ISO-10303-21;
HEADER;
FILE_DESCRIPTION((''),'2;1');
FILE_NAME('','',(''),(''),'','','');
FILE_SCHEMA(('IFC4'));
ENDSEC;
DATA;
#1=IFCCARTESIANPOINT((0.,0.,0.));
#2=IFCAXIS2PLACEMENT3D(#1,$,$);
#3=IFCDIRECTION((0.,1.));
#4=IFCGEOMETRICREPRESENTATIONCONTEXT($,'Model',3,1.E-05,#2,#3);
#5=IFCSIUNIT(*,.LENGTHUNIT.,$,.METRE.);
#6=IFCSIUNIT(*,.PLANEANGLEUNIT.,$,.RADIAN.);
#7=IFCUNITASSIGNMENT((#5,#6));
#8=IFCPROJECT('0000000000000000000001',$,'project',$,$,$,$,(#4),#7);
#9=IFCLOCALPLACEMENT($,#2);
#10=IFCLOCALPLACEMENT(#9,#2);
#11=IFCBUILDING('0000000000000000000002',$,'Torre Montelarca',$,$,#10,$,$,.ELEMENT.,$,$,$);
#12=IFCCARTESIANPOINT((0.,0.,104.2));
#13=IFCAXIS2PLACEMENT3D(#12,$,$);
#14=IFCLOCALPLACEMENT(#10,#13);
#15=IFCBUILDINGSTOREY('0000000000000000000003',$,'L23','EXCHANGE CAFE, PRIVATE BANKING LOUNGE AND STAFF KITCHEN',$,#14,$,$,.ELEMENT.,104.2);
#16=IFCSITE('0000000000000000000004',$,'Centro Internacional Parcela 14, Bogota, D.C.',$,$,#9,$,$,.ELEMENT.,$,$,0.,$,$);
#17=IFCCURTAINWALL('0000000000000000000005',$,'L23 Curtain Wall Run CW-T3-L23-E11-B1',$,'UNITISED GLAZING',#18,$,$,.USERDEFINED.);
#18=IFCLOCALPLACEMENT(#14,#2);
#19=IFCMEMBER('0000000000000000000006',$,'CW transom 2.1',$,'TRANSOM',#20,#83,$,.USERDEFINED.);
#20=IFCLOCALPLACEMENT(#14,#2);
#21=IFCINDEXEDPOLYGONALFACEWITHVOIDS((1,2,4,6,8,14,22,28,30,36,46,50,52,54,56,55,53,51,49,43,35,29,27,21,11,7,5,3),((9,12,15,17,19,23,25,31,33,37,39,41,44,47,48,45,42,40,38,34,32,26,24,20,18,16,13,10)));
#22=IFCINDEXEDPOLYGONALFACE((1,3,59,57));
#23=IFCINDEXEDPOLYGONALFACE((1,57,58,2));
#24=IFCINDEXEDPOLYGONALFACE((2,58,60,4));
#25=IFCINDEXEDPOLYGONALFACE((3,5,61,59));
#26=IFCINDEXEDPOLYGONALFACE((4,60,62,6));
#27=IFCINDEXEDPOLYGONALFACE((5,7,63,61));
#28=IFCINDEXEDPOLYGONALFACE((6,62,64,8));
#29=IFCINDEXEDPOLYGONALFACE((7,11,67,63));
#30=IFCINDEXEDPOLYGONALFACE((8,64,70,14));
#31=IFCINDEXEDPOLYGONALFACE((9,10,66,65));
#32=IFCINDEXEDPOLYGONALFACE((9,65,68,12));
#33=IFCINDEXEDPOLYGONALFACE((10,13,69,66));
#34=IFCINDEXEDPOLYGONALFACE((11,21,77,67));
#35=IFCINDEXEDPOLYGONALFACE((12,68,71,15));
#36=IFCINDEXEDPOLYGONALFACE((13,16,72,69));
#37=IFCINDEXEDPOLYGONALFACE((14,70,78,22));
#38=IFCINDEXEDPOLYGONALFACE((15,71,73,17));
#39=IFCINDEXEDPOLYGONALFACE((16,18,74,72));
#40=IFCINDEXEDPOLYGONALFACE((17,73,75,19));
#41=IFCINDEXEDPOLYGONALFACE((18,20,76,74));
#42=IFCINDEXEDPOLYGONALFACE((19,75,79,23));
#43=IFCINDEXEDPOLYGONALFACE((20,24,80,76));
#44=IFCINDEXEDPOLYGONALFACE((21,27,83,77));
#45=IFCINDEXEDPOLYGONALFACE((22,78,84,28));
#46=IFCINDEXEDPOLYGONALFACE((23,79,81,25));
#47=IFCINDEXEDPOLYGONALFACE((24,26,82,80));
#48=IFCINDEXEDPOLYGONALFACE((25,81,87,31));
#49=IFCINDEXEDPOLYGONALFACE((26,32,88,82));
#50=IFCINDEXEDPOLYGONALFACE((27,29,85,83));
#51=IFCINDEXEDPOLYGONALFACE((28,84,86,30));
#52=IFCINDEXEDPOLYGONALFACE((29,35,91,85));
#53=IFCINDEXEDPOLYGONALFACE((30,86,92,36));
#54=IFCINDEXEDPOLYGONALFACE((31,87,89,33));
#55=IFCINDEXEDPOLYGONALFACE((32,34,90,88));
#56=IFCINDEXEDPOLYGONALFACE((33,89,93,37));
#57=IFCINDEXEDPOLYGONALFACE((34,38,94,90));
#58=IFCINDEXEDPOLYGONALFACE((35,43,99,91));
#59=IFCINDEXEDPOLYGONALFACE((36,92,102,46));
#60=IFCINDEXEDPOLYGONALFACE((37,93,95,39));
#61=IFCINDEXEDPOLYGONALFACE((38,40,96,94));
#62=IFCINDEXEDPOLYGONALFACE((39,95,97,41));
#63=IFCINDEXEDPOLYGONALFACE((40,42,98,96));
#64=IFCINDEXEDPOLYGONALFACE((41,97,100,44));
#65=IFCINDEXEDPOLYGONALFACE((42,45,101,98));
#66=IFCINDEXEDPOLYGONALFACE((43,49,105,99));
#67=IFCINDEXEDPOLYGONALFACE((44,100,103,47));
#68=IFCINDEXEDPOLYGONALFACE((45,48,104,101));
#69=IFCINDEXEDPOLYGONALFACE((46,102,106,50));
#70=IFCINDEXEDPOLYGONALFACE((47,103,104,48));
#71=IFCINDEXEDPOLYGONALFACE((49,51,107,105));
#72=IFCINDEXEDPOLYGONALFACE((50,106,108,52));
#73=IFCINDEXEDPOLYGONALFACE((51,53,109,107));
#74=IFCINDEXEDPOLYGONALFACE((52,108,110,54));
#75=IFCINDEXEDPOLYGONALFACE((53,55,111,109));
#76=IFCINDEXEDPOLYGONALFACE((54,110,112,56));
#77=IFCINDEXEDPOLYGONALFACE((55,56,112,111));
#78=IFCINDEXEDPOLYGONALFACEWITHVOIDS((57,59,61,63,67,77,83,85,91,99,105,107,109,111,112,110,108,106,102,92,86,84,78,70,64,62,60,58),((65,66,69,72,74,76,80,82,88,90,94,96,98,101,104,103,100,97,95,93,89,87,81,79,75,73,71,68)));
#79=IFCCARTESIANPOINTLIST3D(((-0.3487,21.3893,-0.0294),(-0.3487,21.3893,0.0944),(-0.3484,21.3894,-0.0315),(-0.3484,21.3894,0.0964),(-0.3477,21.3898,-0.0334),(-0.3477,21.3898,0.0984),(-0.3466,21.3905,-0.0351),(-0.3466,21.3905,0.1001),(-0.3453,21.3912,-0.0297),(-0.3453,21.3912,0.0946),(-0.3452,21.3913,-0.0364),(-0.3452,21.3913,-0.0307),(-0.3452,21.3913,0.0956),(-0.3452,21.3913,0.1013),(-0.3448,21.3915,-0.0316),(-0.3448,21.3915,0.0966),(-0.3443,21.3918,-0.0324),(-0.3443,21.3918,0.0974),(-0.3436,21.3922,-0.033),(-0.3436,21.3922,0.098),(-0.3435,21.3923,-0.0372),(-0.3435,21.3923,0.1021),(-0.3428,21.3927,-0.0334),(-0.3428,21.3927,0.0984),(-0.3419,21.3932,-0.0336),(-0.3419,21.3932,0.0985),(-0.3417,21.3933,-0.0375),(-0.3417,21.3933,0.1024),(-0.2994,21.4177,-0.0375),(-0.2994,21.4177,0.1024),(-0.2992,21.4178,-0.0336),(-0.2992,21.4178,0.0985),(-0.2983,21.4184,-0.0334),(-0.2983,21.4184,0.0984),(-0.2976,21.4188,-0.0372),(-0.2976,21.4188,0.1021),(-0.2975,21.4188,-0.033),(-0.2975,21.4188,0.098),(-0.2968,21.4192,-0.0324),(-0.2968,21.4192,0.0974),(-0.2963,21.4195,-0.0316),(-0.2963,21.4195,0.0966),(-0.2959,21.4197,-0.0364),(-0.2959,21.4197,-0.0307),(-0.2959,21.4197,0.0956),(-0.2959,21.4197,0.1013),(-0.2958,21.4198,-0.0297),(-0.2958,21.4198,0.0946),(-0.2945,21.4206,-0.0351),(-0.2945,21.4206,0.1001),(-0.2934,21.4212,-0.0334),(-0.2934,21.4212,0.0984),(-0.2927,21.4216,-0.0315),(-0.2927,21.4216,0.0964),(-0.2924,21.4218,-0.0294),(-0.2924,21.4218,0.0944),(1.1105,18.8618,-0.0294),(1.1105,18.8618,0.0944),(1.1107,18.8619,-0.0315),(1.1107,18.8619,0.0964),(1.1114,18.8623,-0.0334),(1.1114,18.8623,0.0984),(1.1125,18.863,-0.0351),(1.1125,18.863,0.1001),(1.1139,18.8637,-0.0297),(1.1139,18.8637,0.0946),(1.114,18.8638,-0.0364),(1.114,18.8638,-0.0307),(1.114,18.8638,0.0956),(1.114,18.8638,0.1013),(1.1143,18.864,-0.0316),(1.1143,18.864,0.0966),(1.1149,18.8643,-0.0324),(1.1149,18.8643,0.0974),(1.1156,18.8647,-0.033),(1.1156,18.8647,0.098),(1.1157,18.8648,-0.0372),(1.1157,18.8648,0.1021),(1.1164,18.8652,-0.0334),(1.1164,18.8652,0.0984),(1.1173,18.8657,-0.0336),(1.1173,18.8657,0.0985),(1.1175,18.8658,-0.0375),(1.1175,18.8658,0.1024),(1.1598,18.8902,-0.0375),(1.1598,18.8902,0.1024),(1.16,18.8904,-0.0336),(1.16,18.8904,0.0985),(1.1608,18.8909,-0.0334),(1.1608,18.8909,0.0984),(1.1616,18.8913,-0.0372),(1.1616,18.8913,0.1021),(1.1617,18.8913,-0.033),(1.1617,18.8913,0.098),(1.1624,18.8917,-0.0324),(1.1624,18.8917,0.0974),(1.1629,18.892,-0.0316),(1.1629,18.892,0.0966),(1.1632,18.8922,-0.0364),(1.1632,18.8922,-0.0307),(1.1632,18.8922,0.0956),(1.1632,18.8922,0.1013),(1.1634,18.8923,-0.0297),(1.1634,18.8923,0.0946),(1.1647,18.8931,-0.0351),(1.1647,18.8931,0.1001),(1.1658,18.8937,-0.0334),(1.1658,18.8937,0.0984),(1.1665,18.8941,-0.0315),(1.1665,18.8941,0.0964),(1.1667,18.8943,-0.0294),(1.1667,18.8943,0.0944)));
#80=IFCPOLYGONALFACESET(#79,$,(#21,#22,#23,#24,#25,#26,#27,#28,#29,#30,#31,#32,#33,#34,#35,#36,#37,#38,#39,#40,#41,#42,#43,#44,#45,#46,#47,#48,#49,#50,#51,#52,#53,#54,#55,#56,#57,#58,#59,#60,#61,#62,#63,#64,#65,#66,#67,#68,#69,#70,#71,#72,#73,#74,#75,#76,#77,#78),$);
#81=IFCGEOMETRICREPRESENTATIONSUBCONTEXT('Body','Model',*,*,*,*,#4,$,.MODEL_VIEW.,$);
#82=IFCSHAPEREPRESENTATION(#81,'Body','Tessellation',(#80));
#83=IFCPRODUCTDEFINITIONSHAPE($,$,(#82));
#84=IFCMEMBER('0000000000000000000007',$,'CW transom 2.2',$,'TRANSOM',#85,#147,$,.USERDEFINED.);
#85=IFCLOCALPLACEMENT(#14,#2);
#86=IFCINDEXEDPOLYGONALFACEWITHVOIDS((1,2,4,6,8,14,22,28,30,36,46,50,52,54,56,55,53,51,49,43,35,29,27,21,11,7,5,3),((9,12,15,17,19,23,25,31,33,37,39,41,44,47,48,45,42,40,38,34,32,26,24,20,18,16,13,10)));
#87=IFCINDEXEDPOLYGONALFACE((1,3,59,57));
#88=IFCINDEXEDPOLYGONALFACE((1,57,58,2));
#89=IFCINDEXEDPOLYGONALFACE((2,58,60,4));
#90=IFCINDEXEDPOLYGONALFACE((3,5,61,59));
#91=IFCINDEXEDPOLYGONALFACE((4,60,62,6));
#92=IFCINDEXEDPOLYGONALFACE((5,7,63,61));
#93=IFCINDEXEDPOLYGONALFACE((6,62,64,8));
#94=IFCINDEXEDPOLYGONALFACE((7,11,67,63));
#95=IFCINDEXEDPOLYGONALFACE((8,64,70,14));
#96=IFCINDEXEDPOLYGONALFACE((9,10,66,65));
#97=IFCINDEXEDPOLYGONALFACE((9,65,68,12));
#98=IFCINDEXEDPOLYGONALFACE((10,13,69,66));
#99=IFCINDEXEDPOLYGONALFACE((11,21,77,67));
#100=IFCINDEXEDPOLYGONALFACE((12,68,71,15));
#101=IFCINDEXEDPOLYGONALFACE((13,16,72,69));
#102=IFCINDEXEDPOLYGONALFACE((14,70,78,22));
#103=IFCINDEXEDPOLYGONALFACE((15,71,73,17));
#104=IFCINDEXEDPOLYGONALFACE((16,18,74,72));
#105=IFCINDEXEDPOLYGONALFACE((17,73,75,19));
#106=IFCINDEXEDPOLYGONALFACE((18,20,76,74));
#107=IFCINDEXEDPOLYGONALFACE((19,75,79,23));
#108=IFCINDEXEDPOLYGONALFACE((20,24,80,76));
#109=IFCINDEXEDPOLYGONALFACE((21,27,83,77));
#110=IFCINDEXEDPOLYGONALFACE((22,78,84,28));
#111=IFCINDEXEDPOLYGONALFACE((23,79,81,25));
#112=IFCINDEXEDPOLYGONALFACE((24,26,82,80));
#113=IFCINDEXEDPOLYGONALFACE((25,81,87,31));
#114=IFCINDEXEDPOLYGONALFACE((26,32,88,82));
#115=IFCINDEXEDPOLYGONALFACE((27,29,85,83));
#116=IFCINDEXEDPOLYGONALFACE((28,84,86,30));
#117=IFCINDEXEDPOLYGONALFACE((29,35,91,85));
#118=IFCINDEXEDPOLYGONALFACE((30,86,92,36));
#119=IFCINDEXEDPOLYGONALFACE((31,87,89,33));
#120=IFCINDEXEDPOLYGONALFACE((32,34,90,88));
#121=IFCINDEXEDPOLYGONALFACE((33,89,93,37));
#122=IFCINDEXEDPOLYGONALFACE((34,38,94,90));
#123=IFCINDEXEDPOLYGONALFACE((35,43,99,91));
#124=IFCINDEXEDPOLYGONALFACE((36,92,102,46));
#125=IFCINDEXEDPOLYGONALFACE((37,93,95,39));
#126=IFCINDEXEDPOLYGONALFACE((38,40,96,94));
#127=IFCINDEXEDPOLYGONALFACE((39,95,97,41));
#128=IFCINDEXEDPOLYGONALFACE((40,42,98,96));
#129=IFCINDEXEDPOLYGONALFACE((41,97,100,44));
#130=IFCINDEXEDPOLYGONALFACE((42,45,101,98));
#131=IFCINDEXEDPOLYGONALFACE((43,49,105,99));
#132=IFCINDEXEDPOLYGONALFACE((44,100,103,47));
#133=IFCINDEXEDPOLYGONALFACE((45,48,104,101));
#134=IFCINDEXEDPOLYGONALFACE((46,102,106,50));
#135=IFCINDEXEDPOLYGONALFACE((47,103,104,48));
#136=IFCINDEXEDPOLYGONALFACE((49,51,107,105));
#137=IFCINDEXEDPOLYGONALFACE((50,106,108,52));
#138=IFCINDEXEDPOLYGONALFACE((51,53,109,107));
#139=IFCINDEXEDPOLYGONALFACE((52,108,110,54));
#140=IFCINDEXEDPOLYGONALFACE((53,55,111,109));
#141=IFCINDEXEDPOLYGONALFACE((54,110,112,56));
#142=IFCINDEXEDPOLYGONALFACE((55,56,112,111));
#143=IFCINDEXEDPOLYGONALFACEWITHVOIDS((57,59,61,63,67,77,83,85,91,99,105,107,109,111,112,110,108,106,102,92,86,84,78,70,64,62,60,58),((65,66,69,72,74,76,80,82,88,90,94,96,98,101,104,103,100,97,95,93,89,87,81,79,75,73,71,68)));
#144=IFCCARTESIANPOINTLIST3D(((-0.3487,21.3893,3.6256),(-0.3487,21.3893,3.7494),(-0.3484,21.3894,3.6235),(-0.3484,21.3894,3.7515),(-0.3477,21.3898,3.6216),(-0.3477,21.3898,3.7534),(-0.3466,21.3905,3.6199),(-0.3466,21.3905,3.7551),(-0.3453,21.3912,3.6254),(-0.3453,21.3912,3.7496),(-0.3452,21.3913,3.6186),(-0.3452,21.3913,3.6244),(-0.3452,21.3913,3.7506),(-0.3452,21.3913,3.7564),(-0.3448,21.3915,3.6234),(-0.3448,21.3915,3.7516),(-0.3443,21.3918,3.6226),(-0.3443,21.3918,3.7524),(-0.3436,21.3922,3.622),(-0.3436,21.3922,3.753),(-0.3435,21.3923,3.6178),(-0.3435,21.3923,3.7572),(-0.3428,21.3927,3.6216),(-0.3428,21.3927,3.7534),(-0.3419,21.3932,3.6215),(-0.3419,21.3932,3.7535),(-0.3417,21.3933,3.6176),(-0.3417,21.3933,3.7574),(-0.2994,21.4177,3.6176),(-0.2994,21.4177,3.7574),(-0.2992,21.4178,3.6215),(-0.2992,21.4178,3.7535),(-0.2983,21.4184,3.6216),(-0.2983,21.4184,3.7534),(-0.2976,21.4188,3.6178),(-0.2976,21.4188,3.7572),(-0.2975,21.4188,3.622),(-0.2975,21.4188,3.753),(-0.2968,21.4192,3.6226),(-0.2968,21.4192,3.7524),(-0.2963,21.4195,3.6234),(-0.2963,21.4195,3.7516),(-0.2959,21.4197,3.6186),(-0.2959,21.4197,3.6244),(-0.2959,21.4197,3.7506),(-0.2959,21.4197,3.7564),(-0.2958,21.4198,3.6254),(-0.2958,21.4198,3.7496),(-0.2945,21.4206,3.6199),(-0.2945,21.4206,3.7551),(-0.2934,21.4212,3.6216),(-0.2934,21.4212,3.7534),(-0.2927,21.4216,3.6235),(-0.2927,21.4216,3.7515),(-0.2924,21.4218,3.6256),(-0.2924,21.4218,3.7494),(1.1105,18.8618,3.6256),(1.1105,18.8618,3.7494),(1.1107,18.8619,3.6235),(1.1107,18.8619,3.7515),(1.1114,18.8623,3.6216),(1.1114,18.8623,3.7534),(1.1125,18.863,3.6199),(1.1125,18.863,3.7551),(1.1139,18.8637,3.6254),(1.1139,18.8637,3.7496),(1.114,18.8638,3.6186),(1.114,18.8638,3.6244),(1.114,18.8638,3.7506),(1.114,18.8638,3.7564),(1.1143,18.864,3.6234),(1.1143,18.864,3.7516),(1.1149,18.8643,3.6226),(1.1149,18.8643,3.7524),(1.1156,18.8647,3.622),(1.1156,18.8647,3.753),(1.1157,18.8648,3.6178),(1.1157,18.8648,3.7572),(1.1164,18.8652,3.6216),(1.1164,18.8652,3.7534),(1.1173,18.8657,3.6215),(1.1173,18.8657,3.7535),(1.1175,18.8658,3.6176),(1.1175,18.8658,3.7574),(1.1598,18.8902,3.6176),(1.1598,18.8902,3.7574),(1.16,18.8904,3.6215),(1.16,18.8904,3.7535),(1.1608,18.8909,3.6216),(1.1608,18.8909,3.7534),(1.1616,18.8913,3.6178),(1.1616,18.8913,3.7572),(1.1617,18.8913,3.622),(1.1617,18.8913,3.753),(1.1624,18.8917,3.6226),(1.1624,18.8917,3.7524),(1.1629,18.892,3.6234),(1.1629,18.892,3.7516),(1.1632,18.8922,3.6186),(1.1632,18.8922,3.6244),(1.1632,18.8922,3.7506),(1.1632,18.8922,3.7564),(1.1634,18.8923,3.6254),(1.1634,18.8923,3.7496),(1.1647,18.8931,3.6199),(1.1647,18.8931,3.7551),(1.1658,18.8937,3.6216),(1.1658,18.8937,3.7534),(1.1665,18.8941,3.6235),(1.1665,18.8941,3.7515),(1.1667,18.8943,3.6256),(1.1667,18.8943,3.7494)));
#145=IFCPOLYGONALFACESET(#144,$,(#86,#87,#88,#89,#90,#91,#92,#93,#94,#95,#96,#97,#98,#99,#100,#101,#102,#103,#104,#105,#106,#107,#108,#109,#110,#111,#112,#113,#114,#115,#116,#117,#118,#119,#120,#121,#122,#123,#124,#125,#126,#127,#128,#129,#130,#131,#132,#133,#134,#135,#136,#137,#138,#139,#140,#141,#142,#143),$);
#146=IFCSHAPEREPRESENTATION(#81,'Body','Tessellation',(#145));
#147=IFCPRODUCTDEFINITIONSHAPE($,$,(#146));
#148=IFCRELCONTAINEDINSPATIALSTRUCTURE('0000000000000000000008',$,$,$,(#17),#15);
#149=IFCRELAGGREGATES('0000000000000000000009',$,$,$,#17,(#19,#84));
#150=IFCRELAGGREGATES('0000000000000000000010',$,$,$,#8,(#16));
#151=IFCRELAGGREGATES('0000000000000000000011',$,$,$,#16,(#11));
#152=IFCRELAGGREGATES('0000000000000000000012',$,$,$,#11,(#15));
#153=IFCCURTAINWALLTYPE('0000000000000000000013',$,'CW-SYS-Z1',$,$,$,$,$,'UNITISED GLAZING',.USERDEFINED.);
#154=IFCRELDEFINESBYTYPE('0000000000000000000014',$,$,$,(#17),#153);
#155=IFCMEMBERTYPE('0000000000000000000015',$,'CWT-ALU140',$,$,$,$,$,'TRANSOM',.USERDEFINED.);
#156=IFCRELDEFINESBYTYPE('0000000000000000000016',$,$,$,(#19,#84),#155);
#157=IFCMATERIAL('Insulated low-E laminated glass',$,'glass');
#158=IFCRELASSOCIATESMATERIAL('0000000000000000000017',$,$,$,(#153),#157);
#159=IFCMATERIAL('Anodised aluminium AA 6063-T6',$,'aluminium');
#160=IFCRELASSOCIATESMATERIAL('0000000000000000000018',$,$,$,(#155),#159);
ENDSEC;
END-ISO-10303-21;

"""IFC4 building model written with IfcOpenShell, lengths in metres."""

from ifc_helpers import new_model, si_unit, direction, frame, origin, origin_2d, place, context, subcontext, project, spatial, hollow_rectangle, extrude, source, transform, mapped, material, material_profile, profile_set, type_object, element, aggregate, save


model = new_model("IFC4")

# Units and contexts
model_context = context("Model", 3, precision=1e-05, world=origin(), true_north=direction((0.0, 1.0)))
body_context = subcontext(model_context, "Body", "Model", "MODEL_VIEW")
ifc_project = project(units=[si_unit("LENGTHUNIT", "METRE"), si_unit("PLANEANGLEUNIT", "RADIAN")], contexts=[model_context])

# Site, building, storey
site_placement = place(None, origin())
site = spatial("IfcSite", under=ifc_project, at=site_placement, Name="Centro Internacional Parcela 14, Bogota, D.C.", CompositionType="ELEMENT", RefElevation=0.0)
building_placement = place(site_placement, origin())
building = spatial("IfcBuilding", under=site, at=building_placement, Name="Torre Montelarca", CompositionType="ELEMENT")
storey_placement = place(building_placement, frame((0.0, 0.0, 104.2)))
storey = spatial("IfcBuildingStorey", under=building, at=storey_placement, Name="L23", Description="EXCHANGE CAFE, PRIVATE BANKING LOUNGE AND STAFF KITCHEN", CompositionType="ELEMENT", Elevation=104.2)

# Curtain wall, members
ifc_material_1 = material(Name="Insulated low-E laminated glass", Category="glass")
curtain_wall_type = type_object("IfcCurtainWallType", Name="CW-SYS-Z1", ElementType="UNITISED GLAZING", PredefinedType="USERDEFINED", material=ifc_material_1)
curtain_wall_1_placement = place(storey_placement, origin())
curtain_wall_1 = element("IfcCurtainWall", 1, at=curtain_wall_1_placement, inside=storey, type_object=curtain_wall_type, Name="L23 Curtain Wall Run CW-T3-L23-E11-B1", ObjectType="UNITISED GLAZING", PredefinedType="USERDEFINED")
ifc_material_2 = material(Name="Anodised aluminium AA 6063-T6", Category="aluminium")
ifc_material_profile_1 = material_profile(ifc_material_2, hollow_rectangle(XDim=0.0649, YDim=0.1399, WallThickness=0.0039, InnerFilletRadius=0.0039, OuterFilletRadius=0.0081, at=origin_2d()), Name="ALU65X140X4", Category="aluminium")
ifc_profile_set_1 = profile_set([ifc_material_profile_1], Name="Anodised aluminium AA 6063-T6")
member_type_1 = type_object("IfcMemberType", Name="CWT-ALU140", ElementType="TRANSOM", PredefinedType="USERDEFINED", material=ifc_profile_set_1)
shared_shape_1 = source(origin(), body_context, "Body", "SweptSolid", [
    extrude(hollow_rectangle(XDim=0.0649, YDim=0.1399, WallThickness=0.0039, InnerFilletRadius=0.0039, OuterFilletRadius=0.0081, at=origin_2d()), origin(), (0.0, 0.0, 1.0), 2.9185),
])
member_1_placement = place(storey_placement, frame((-0.3206, 21.4055, 0.0325), z_axis=(0.499981, -0.866037, 0.0), x_axis=(0.866037, 0.499981, 0.0)))
member_1 = element("IfcMember", 2, at=member_1_placement, type_object=member_type_1, Name="CW transom 2.1", ObjectType="TRANSOM", PredefinedType="USERDEFINED", context=body_context, shape_type="MappedRepresentation", body=[
    mapped(shared_shape_1, transform((0.0, 0.0, 0.0), scale=1.0)),
])
member_2_placement = place(storey_placement, frame((-0.3206, 21.4055, 3.6875), z_axis=(0.499981, -0.866037, 0.0), x_axis=(0.866037, 0.499981, 0.0)))
member_2 = element("IfcMember", 3, at=member_2_placement, type_object=member_type_1, Name="CW transom 2.2", ObjectType="TRANSOM", PredefinedType="USERDEFINED", context=body_context, shape_type="MappedRepresentation", body=[
    mapped(shared_shape_1, transform((0.0, 0.0, 0.0), scale=1.0)),
])

aggregate(curtain_wall_1, [member_1, member_2])

save(model, "model.ifc")
